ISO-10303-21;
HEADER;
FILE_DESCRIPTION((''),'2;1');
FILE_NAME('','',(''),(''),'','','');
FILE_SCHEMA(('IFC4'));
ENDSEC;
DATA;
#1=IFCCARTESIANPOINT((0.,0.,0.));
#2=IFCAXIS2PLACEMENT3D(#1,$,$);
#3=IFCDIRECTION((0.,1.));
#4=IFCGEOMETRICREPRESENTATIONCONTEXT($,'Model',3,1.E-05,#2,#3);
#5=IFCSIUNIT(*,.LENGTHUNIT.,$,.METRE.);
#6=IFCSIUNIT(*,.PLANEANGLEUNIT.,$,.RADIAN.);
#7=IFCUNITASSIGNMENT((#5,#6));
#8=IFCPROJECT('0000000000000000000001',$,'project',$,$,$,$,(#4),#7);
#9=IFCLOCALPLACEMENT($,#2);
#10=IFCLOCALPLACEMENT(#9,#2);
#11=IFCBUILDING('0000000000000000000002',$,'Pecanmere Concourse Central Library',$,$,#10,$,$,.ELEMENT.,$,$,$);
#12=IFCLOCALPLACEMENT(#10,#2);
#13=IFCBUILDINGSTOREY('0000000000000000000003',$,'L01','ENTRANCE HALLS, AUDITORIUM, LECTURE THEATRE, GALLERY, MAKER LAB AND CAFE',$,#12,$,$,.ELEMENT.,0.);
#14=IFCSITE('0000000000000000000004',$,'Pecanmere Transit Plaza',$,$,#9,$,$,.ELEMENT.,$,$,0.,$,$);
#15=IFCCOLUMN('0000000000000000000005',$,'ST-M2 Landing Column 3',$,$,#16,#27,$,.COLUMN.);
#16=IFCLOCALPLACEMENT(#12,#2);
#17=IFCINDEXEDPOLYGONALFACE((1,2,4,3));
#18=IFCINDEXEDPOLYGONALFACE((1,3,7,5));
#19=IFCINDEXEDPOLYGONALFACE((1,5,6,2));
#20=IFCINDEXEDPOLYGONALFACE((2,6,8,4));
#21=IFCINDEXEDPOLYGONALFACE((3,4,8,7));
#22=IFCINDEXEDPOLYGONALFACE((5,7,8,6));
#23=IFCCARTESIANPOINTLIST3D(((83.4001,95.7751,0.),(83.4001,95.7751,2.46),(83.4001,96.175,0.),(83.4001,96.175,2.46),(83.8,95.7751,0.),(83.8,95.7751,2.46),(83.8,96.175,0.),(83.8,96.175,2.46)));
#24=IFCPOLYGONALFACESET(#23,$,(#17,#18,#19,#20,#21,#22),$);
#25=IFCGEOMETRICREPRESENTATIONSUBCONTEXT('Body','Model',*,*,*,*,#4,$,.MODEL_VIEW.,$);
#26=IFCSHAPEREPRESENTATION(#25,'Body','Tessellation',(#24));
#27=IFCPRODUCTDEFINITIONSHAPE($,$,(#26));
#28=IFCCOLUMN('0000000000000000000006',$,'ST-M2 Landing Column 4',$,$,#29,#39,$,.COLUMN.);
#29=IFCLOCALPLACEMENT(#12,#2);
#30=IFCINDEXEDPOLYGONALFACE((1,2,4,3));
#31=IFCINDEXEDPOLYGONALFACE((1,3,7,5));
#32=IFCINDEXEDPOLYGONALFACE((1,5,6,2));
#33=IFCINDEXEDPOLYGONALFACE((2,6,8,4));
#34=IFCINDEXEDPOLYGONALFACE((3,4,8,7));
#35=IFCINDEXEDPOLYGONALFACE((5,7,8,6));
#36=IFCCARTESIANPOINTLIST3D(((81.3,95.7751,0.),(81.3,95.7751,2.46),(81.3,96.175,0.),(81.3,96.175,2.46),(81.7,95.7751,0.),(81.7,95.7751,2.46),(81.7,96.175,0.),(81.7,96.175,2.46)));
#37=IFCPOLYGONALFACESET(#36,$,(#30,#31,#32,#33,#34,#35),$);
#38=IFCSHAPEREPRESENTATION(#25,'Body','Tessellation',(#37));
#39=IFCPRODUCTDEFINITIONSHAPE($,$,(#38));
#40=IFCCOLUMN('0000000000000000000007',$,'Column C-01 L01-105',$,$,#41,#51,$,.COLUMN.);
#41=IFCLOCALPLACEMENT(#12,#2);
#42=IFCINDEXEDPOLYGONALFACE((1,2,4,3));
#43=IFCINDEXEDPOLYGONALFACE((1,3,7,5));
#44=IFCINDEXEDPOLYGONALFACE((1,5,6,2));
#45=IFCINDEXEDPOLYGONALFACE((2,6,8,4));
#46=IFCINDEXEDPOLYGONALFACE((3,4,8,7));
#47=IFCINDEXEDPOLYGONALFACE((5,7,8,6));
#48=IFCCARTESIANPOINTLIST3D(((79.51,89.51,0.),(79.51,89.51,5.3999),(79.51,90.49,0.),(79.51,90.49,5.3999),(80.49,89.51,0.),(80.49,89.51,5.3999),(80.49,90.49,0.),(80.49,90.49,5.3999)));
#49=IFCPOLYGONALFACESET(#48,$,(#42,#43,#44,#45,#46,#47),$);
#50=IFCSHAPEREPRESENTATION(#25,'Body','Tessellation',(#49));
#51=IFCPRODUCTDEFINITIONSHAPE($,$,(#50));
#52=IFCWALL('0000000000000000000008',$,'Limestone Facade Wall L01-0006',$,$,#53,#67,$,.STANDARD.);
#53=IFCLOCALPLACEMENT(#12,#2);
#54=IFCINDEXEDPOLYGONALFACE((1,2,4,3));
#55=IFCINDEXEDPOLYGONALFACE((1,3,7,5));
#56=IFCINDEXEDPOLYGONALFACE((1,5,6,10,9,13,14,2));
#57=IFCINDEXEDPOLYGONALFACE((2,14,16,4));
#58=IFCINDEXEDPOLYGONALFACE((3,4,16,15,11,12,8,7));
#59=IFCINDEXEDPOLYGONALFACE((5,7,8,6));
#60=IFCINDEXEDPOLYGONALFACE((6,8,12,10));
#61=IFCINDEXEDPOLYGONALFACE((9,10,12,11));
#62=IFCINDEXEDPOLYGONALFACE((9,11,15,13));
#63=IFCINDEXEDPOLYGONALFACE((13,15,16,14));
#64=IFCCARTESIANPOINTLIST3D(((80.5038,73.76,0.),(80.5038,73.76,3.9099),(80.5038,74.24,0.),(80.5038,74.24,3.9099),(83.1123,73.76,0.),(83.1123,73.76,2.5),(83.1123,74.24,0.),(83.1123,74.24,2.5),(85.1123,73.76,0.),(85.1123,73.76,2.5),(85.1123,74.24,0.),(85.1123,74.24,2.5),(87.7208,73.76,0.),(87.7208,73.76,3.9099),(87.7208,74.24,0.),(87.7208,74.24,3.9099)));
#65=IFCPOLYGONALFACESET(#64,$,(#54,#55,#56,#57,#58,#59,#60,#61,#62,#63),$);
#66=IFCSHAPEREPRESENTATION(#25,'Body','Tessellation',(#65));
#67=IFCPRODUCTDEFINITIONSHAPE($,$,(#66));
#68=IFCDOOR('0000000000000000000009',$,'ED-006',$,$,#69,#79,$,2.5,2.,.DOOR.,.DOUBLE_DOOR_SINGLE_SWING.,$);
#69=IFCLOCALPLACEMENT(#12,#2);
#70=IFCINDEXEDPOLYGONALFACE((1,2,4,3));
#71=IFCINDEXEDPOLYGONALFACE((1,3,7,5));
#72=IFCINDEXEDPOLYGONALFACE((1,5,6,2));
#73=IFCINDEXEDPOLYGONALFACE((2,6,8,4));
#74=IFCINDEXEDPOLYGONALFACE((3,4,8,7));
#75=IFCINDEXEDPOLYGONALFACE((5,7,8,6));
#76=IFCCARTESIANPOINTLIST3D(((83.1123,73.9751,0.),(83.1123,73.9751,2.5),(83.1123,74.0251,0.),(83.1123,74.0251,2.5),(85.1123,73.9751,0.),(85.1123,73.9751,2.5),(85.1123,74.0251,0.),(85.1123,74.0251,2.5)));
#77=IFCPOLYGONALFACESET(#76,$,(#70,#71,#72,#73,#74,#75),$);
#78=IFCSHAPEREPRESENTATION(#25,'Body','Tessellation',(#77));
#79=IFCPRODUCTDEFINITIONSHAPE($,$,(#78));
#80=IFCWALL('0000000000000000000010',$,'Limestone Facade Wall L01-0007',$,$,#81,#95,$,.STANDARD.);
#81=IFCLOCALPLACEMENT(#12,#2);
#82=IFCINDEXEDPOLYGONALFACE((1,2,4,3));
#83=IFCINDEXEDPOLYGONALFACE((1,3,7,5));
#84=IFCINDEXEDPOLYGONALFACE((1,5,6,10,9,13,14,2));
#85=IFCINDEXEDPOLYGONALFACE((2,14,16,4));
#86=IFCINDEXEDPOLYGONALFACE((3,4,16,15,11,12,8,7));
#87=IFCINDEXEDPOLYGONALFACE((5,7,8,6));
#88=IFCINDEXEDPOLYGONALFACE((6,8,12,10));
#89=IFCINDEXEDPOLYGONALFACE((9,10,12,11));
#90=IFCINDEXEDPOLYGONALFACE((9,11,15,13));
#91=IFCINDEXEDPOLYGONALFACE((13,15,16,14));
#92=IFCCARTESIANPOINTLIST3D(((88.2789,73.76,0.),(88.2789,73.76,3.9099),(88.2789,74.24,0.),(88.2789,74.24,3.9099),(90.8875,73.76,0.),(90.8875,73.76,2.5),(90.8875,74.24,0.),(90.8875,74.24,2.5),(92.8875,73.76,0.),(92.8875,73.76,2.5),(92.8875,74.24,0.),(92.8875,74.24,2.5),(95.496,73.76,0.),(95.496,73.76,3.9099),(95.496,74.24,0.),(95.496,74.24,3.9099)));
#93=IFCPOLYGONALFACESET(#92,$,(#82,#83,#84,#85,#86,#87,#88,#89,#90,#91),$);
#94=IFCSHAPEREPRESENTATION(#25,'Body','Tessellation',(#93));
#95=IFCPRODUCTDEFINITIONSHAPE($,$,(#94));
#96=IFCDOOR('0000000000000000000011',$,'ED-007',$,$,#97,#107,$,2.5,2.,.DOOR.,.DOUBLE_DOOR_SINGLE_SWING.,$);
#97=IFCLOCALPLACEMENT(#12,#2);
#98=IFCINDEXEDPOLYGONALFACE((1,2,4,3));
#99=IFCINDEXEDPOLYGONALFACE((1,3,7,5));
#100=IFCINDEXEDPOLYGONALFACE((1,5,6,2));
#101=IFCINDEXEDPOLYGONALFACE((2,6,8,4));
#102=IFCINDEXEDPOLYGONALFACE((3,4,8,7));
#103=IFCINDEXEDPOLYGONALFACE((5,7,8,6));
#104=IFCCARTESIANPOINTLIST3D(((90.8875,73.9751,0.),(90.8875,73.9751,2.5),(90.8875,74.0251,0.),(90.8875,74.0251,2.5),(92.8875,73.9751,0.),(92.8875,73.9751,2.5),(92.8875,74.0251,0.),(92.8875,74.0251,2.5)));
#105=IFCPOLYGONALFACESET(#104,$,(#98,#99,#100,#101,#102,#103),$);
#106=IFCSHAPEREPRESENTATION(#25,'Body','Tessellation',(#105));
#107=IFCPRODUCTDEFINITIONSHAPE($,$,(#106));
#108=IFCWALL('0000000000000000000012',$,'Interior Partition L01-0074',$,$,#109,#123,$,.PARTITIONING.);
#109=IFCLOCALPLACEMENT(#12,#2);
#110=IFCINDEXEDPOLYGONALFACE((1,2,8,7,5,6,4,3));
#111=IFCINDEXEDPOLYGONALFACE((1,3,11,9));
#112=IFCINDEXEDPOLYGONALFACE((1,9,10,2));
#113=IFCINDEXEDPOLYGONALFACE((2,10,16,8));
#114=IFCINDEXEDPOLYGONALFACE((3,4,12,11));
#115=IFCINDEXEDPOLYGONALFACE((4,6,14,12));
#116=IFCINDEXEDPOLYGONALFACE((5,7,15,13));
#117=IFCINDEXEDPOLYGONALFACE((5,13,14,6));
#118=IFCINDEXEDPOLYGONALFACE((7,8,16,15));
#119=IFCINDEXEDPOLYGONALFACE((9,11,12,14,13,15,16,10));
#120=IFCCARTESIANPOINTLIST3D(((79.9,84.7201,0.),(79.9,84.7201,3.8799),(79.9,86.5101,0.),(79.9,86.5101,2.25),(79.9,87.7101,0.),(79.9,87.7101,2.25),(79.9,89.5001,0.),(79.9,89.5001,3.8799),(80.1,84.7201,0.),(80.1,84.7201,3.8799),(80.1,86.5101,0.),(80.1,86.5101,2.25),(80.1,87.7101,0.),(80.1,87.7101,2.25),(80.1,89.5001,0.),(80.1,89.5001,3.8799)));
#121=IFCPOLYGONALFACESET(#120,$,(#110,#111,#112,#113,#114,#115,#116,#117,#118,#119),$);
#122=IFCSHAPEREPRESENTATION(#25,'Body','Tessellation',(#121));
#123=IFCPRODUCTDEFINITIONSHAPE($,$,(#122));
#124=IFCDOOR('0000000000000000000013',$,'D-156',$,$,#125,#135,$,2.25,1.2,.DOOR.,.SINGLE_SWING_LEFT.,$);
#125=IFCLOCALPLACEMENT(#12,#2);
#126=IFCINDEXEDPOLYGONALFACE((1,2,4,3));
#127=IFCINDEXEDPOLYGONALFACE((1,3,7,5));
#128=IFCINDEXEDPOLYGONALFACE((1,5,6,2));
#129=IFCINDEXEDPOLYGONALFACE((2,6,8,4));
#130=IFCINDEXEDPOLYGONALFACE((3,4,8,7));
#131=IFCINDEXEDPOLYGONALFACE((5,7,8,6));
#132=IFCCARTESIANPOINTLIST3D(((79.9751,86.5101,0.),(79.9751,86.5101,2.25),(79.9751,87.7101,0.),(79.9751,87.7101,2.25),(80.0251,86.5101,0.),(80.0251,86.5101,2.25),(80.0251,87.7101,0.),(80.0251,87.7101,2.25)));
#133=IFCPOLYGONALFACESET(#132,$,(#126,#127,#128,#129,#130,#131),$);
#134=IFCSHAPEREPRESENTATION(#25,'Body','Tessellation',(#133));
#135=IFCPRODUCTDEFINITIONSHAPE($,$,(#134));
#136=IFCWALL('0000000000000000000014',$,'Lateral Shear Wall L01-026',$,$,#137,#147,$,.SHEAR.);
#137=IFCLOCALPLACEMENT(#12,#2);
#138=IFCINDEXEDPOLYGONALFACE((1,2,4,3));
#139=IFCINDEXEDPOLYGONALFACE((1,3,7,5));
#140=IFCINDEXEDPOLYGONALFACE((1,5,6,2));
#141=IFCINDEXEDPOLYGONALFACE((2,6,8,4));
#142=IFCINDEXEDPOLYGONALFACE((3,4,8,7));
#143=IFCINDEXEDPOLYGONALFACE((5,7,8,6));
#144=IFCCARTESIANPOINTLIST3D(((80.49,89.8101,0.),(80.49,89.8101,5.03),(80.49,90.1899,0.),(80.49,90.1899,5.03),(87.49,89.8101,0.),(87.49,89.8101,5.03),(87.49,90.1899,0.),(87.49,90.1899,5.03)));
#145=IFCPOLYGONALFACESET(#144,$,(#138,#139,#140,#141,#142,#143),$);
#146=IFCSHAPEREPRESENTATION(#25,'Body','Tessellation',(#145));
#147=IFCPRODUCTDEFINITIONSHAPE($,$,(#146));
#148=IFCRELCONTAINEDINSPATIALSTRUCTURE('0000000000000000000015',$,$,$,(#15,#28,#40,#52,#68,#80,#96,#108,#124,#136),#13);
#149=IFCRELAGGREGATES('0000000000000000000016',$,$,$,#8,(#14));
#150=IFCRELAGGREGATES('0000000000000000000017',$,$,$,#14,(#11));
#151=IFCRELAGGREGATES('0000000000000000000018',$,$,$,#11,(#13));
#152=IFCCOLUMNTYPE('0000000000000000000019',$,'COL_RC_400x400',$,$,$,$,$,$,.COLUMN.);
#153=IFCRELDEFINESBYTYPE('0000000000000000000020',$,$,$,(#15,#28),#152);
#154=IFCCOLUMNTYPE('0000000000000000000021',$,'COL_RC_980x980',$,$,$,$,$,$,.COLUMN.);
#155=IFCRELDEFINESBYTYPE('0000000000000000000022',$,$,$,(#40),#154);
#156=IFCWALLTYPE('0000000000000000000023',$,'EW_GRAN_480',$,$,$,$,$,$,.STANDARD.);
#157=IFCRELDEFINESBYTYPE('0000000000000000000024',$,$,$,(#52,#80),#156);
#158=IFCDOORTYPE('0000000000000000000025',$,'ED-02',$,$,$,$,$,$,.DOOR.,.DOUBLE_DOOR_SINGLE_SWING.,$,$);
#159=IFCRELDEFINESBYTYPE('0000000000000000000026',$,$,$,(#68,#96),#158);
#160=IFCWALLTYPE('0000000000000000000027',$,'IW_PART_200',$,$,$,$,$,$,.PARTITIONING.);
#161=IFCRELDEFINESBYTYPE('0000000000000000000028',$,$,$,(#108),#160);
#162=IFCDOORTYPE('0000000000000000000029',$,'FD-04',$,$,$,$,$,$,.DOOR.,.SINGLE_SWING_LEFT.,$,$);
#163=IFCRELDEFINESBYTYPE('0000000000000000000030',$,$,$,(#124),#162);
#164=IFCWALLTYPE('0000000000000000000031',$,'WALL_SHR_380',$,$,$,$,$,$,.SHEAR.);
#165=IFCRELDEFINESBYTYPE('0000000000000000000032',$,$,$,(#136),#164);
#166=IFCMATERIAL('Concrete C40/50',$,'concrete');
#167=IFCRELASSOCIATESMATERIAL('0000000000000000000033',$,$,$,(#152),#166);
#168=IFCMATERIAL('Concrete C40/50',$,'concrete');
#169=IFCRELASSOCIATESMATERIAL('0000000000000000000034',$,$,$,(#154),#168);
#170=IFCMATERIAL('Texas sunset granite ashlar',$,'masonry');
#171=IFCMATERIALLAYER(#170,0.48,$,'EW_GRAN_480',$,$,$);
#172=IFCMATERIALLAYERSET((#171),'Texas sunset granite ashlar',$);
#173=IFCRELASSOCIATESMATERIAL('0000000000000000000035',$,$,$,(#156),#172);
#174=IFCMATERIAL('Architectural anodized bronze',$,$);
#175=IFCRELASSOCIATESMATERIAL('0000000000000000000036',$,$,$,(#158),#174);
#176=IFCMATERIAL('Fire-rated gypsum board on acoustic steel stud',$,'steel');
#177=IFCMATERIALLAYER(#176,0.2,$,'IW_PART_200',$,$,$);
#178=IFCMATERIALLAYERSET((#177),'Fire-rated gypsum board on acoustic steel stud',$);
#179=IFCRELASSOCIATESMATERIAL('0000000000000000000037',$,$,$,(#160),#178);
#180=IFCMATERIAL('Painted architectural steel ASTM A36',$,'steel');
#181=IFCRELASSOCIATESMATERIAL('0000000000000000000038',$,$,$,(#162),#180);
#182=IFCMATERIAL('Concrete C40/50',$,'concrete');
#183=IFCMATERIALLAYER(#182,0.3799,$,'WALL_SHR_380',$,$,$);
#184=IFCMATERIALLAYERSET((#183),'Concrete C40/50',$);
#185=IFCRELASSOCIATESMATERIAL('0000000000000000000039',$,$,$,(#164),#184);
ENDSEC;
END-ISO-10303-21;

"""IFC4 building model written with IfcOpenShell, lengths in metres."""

from ifc_helpers import new_model, si_unit, direction, frame, frame_2d, origin, origin_2d, place, context, subcontext, project, spatial, rectangle, extrude, material, layer, layer_set, material_profile, profile_set, type_object, element, fill, save


model = new_model("IFC4")

# Units and contexts
model_context = context("Model", 3, precision=1e-05, world=origin(), true_north=direction((0.0, 1.0)))
body_context = subcontext(model_context, "Body", "Model", "MODEL_VIEW")
ifc_project = project(units=[si_unit("LENGTHUNIT", "METRE"), si_unit("PLANEANGLEUNIT", "RADIAN")], contexts=[model_context])

# Site, building, storey
site_placement = place(None, origin())
site = spatial("IfcSite", under=ifc_project, at=site_placement, Name="Pecanmere Transit Plaza", CompositionType="ELEMENT", RefElevation=0.0)
building_placement = place(site_placement, origin())
building = spatial("IfcBuilding", under=site, at=building_placement, Name="Pecanmere Concourse Central Library", CompositionType="ELEMENT")
storey_placement = place(building_placement, origin())
storey = spatial("IfcBuildingStorey", under=building, at=storey_placement, Name="L01", Description="ENTRANCE HALLS, AUDITORIUM, LECTURE THEATRE, GALLERY, MAKER LAB AND CAFE", CompositionType="ELEMENT", Elevation=0.0)

# Columns
ifc_material_1 = material(Name="Concrete C40/50", Category="concrete")
ifc_material_profile_1 = material_profile(ifc_material_1, rectangle(XDim=0.3999, YDim=0.3999, at=origin_2d()), Name="RC 400x400")
ifc_profile_set_1 = profile_set([ifc_material_profile_1], Name="Concrete C40/50")
column_type_1 = type_object("IfcColumnType", Name="COL_RC_400x400", PredefinedType="COLUMN", material=ifc_profile_set_1)
for number, where, z_axis, x_axis, name in (
    (1, (83.6001, 95.9751, 0.0), (0.0, 0.0, 1.0), (1.0, 0.0, 0.0), "ST-M2 Landing Column 3"),
    (2, (81.5, 95.9751, 0.0), (0.0, 0.0, 1.0), (1.0, 0.0, 0.0), "ST-M2 Landing Column 4"),
):
    element("IfcColumn", number, at=place(storey_placement, frame(where, z_axis=z_axis, x_axis=x_axis)), inside=storey, type_object=column_type_1, Name=name, PredefinedType="COLUMN", context=body_context, shape_type="SweptSolid", body=[
        extrude(rectangle(XDim=0.3999, YDim=0.3999, at=origin_2d()), origin(), (0.0, 0.0, 1.0), 2.46),
    ])
ifc_material_2 = material(Name="Concrete C40/50", Category="concrete")
ifc_material_profile_2 = material_profile(ifc_material_2, rectangle(XDim=0.98, YDim=0.98, at=origin_2d()), Name="RC 980x980")
ifc_profile_set_2 = profile_set([ifc_material_profile_2], Name="Concrete C40/50")
column_type_2 = type_object("IfcColumnType", Name="COL_RC_980x980", PredefinedType="COLUMN", material=ifc_profile_set_2)
column_placement = place(storey_placement, frame((80.0, 90.0, 0.0), z_axis=(0.0, 0.0, 1.0), x_axis=(1.0, 0.0, 0.0)))
element("IfcColumn", 3, at=column_placement, inside=storey, type_object=column_type_2, Name="Column C-01 L01-105", PredefinedType="COLUMN", context=body_context, shape_type="SweptSolid", body=[
    extrude(rectangle(XDim=0.98, YDim=0.98, at=origin_2d()), origin(), (0.0, 0.0, 1.0), 5.3999),
])

# Walls, openings, doors
ifc_material_3 = material(Name="Texas sunset granite ashlar", Category="masonry")
ifc_layer_1 = layer(ifc_material_3, 0.48, Name="EW_GRAN_480")
ifc_layer_set_1 = layer_set([ifc_layer_1], Name="Texas sunset granite ashlar")
wall_type_1 = type_object("IfcWallType", Name="EW_GRAN_480", PredefinedType="STANDARD", material=ifc_layer_set_1)
wall_1_placement = place(storey_placement, frame((80.5039, 74.0, 0.0), z_axis=(0.0, 0.0, 1.0), x_axis=(1.0, 0.0, 0.0)))
wall_1 = element("IfcWall", 4, at=wall_1_placement, inside=storey, type_object=wall_type_1, Name="Limestone Facade Wall L01-0006", PredefinedType="STANDARD", context=body_context, shape_type="SweptSolid", body=[
    extrude(rectangle(XDim=7.217, YDim=0.48, at=frame_2d((3.6084, 0.0))), origin(), (0.0, 0.0, 1.0), 3.9099),
])
opening_1_placement = place(wall_1_placement, frame((2.6084, 0.0, 0.0)))
opening_1 = element("IfcOpeningElement", 5, at=opening_1_placement, cuts=wall_1, PredefinedType="OPENING", context=body_context, shape_type="SweptSolid", body=[
    extrude(rectangle(XDim=2.0, YDim=2.5, at=frame_2d((1.0, 1.25))), frame((0.0, 0.252, 0.0), z_axis=(0.0, -1.0, 0.0), x_axis=(1.0, 0.0, 0.0)), (0.0, 0.0, 1.0), 0.5039),
])
ifc_material_4 = material(Name="Architectural anodized bronze")
door_type_1 = type_object("IfcDoorType", Name="ED-02", OperationType="DOUBLE_DOOR_SINGLE_SWING", PredefinedType="DOOR", material=ifc_material_4)
door_1_placement = place(opening_1_placement, frame((2.0, 0.0, 0.0), z_axis=(0.0, 0.0, 1.0), x_axis=(-1.0, 0.0, 0.0)))
door_1 = element("IfcDoor", 6, at=door_1_placement, inside=storey, type_object=door_type_1, Name="ED-006", OperationType="DOUBLE_DOOR_SINGLE_SWING", OverallHeight=2.5, OverallWidth=2.0, PredefinedType="DOOR", context=body_context, shape_type="SweptSolid", body=[
    extrude(rectangle(XDim=2.0, YDim=2.5, at=frame_2d((1.0, 1.25))), frame((0.0, 0.0249, 0.0), z_axis=(0.0, -1.0, 0.0), x_axis=(1.0, 0.0, 0.0)), (0.0, 0.0, 1.0), 0.05),
])
fill(opening_1, door_1)
wall_2_placement = place(storey_placement, frame((88.2791, 74.0, 0.0), z_axis=(0.0, 0.0, 1.0), x_axis=(1.0, 0.0, 0.0)))
wall_2 = element("IfcWall", 7, at=wall_2_placement, inside=storey, type_object=wall_type_1, Name="Limestone Facade Wall L01-0007", PredefinedType="STANDARD", context=body_context, shape_type="SweptSolid", body=[
    extrude(rectangle(XDim=7.217, YDim=0.48, at=frame_2d((3.6084, 0.0))), origin(), (0.0, 0.0, 1.0), 3.9099),
])
opening_2_placement = place(wall_2_placement, frame((2.6084, 0.0, 0.0)))
opening_2 = element("IfcOpeningElement", 8, at=opening_2_placement, cuts=wall_2, PredefinedType="OPENING", context=body_context, shape_type="SweptSolid", body=[
    extrude(rectangle(XDim=2.0, YDim=2.5, at=frame_2d((1.0, 1.25))), frame((0.0, 0.252, 0.0), z_axis=(0.0, -1.0, 0.0), x_axis=(1.0, 0.0, 0.0)), (0.0, 0.0, 1.0), 0.5039),
])
door_2_placement = place(opening_2_placement, frame((2.0, 0.0, 0.0), z_axis=(0.0, 0.0, 1.0), x_axis=(-1.0, 0.0, 0.0)))
door_2 = element("IfcDoor", 9, at=door_2_placement, inside=storey, type_object=door_type_1, Name="ED-007", OperationType="DOUBLE_DOOR_SINGLE_SWING", OverallHeight=2.5, OverallWidth=2.0, PredefinedType="DOOR", context=body_context, shape_type="SweptSolid", body=[
    extrude(rectangle(XDim=2.0, YDim=2.5, at=frame_2d((1.0, 1.25))), frame((0.0, 0.0249, 0.0), z_axis=(0.0, -1.0, 0.0), x_axis=(1.0, 0.0, 0.0)), (0.0, 0.0, 1.0), 0.05),
])
fill(opening_2, door_2)
ifc_material_5 = material(Name="Fire-rated gypsum board on acoustic steel stud", Category="steel")
ifc_layer_2 = layer(ifc_material_5, 0.2, Name="IW_PART_200")
ifc_layer_set_2 = layer_set([ifc_layer_2], Name="Fire-rated gypsum board on acoustic steel stud")
wall_type_2 = type_object("IfcWallType", Name="IW_PART_200", PredefinedType="PARTITIONING", material=ifc_layer_set_2)
wall_3_placement = place(storey_placement, frame((80.0, 84.72, 0.0), z_axis=(0.0, 0.0, 1.0), x_axis=(0.0, 1.0, 0.0)))
wall_3 = element("IfcWall", 10, at=wall_3_placement, inside=storey, type_object=wall_type_2, Name="Interior Partition L01-0074", PredefinedType="PARTITIONING", context=body_context, shape_type="SweptSolid", body=[
    extrude(rectangle(XDim=4.78, YDim=0.2, at=frame_2d((2.3901, 0.0))), origin(), (0.0, 0.0, 1.0), 3.8799),
])
opening_3_placement = place(wall_3_placement, frame((1.79, 0.0, 0.0)))
opening_3 = element("IfcOpeningElement", 11, at=opening_3_placement, cuts=wall_3, PredefinedType="OPENING", context=body_context, shape_type="SweptSolid", body=[
    extrude(rectangle(XDim=1.2, YDim=2.25, at=frame_2d((0.6001, 1.125))), frame((0.0, 0.1118, 0.0), z_axis=(0.0, -1.0, 0.0), x_axis=(1.0, 0.0, 0.0)), (0.0, 0.0, 1.0), 0.2239),
])
ifc_material_6 = material(Name="Painted architectural steel ASTM A36", Category="steel")
door_type_2 = type_object("IfcDoorType", Name="FD-04", OperationType="SINGLE_SWING_LEFT", PredefinedType="DOOR", material=ifc_material_6)
door_3_placement = place(opening_3_placement, origin())
door_3 = element("IfcDoor", 12, at=door_3_placement, inside=storey, type_object=door_type_2, Name="D-156", OperationType="SINGLE_SWING_LEFT", OverallHeight=2.25, OverallWidth=1.2, PredefinedType="DOOR", context=body_context, shape_type="SweptSolid", body=[
    extrude(rectangle(XDim=1.2, YDim=2.25, at=frame_2d((0.6001, 1.125))), frame((0.0, 0.0249, 0.0), z_axis=(0.0, -1.0, 0.0), x_axis=(1.0, 0.0, 0.0)), (0.0, 0.0, 1.0), 0.05),
])
fill(opening_3, door_3)

# Wall
ifc_material_7 = material(Name="Concrete C40/50", Category="concrete")
ifc_layer_3 = layer(ifc_material_7, 0.3799, Name="WALL_SHR_380")
ifc_layer_set_3 = layer_set([ifc_layer_3], Name="Concrete C40/50")
wall_type_3 = type_object("IfcWallType", Name="WALL_SHR_380", PredefinedType="SHEAR", material=ifc_layer_set_3)
wall_4_placement = place(storey_placement, frame((80.49, 90.0, 0.0), z_axis=(0.0, 0.0, 1.0), x_axis=(1.0, 0.0, 0.0)))
element("IfcWall", 13, at=wall_4_placement, inside=storey, type_object=wall_type_3, Name="Lateral Shear Wall L01-026", PredefinedType="SHEAR", context=body_context, shape_type="SweptSolid", body=[
    extrude(rectangle(XDim=7.0, YDim=0.3799, at=frame_2d((3.5, 0.0))), origin(), (0.0, 0.0, 1.0), 5.03),
])

save(model, "model.ifc")
